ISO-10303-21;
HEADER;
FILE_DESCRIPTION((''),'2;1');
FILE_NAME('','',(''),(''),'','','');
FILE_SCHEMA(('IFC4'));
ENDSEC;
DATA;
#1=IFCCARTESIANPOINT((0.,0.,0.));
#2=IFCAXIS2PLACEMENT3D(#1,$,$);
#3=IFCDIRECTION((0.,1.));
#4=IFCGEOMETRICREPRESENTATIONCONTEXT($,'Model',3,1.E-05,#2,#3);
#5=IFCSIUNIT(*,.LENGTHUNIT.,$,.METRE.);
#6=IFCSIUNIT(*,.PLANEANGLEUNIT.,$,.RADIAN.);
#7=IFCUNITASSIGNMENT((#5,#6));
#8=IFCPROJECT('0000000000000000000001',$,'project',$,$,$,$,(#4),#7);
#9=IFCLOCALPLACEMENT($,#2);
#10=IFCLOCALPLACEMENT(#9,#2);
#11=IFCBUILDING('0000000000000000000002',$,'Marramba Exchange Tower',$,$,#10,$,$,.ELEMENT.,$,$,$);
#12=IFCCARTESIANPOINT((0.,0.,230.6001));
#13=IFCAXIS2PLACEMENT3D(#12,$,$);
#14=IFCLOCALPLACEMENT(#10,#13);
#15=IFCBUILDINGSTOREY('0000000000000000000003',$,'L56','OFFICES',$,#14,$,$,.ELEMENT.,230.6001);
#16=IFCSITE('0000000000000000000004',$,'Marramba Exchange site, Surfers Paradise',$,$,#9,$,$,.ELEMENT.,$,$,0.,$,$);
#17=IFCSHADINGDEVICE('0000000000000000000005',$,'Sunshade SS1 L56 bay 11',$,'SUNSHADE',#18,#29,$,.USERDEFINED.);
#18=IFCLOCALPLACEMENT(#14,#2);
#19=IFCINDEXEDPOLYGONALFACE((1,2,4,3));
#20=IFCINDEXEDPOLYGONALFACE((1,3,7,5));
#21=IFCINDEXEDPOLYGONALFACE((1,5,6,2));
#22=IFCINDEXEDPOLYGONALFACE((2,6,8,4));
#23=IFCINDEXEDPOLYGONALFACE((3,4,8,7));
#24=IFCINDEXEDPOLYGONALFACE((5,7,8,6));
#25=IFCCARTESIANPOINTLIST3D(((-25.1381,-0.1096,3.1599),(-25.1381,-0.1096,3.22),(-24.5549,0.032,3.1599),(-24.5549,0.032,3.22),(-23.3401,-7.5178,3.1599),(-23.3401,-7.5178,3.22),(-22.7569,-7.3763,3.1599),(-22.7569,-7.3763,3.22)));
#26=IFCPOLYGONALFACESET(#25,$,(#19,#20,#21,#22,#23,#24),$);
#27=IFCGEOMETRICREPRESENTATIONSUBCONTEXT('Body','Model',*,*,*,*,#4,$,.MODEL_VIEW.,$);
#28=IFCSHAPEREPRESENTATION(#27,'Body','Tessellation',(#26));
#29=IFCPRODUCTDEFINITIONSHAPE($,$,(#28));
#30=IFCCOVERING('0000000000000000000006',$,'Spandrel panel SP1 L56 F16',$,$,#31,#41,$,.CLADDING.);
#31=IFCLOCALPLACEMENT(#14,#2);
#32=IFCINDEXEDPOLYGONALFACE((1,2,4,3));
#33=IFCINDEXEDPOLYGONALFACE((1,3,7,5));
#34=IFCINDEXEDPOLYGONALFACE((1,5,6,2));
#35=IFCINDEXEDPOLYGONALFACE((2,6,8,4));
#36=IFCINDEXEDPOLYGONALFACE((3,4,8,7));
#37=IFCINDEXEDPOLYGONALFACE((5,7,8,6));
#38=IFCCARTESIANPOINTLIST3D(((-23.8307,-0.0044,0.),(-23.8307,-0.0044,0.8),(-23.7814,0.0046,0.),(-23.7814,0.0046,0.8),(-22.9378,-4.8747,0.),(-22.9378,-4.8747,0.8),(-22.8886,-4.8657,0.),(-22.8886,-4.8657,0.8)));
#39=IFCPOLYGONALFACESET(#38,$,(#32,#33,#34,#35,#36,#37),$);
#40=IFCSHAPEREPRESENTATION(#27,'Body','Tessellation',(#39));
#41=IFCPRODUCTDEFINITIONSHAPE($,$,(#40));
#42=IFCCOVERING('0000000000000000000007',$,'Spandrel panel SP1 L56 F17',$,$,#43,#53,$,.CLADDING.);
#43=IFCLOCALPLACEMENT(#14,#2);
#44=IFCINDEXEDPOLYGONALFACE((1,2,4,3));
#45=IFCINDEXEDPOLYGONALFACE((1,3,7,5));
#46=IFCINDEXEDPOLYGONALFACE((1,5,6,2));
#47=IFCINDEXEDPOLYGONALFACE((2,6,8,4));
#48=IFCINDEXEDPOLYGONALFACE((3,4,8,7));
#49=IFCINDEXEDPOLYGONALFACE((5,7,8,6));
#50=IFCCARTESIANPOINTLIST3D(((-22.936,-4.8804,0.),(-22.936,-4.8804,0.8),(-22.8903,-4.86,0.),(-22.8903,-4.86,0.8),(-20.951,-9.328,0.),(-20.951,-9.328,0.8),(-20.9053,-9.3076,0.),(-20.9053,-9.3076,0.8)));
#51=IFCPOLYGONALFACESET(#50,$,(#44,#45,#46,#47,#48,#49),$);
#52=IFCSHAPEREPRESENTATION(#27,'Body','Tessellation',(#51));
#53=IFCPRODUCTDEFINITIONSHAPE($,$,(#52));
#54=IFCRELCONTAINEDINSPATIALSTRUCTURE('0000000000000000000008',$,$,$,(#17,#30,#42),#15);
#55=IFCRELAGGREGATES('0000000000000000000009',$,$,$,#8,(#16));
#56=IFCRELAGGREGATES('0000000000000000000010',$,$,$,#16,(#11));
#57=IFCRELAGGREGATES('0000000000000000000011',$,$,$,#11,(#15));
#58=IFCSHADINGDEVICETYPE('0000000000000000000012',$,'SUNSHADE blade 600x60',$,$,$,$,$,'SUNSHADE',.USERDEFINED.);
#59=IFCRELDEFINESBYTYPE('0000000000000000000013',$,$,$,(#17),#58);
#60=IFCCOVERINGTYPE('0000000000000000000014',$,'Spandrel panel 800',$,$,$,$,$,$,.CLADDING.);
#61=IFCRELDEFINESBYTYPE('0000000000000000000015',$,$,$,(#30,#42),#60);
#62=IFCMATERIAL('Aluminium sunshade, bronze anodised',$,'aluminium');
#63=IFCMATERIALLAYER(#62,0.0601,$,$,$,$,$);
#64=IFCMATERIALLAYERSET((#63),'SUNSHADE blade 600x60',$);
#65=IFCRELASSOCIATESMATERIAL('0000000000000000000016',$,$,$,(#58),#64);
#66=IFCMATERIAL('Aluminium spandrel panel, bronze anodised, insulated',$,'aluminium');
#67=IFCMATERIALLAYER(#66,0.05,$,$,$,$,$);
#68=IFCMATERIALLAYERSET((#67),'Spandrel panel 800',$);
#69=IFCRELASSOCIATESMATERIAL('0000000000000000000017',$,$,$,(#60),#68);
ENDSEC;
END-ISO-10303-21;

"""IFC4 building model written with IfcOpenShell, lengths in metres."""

from ifc_helpers import new_model, si_unit, direction, frame, origin, origin_2d, place, context, subcontext, project, spatial, rectangle, extrude, material, layer, layer_set, type_object, element, save


model = new_model("IFC4")

# Units and contexts
model_context = context("Model", 3, precision=1e-05, world=origin(), true_north=direction((0.0, 1.0)))
body_context = subcontext(model_context, "Body", "Model", "MODEL_VIEW")
ifc_project = project(units=[si_unit("LENGTHUNIT", "METRE"), si_unit("PLANEANGLEUNIT", "RADIAN")], contexts=[model_context])

# Site, building, storey
site_placement = place(None, origin())
site = spatial("IfcSite", under=ifc_project, at=site_placement, Name="Marramba Exchange site, Surfers Paradise", CompositionType="ELEMENT", RefElevation=0.0)
building_placement = place(site_placement, origin())
building = spatial("IfcBuilding", under=site, at=building_placement, Name="Marramba Exchange Tower", CompositionType="ELEMENT")
storey_placement = place(building_placement, frame((0.0, 0.0, 230.6001)))
storey = spatial("IfcBuildingStorey", under=building, at=storey_placement, Name="L56", Description="OFFICES", CompositionType="ELEMENT", Elevation=230.6001)

# Shading device
ifc_material_1 = material(Name="Aluminium sunshade, bronze anodised", Category="aluminium")
ifc_layer_1 = layer(ifc_material_1, 0.0601)
ifc_layer_set_1 = layer_set([ifc_layer_1], Name="SUNSHADE blade 600x60")
shading_device_type_1 = type_object("IfcShadingDeviceType", Name="SUNSHADE blade 600x60", ElementType="SUNSHADE", PredefinedType="USERDEFINED", material=ifc_layer_set_1)
shading_device_placement = place(storey_placement, frame((-23.9475, -3.7429, 3.1599), z_axis=(0.0, 0.0, 1.0), x_axis=(0.235861, -0.971787, 0.0)))
element("IfcShadingDevice", 1, at=shading_device_placement, inside=storey, type_object=shading_device_type_1, Name="Sunshade SS1 L56 bay 11", ObjectType="SUNSHADE", PredefinedType="USERDEFINED", context=body_context, shape_type="SweptSolid", body=[
    extrude(rectangle(XDim=7.6233, YDim=0.6001, at=origin_2d()), origin(), (0.0, 0.0, 1.0), 0.0601),
])

# Coverings
ifc_material_2 = material(Name="Aluminium spandrel panel, bronze anodised, insulated", Category="aluminium")
ifc_layer_2 = layer(ifc_material_2, 0.05)
ifc_layer_set_2 = layer_set([ifc_layer_2], Name="Spandrel panel 800")
covering_type = type_object("IfcCoveringType", Name="Spandrel panel 800", PredefinedType="CLADDING", material=ifc_layer_set_2)
covering_1_placement = place(storey_placement, frame((-23.3596, -2.4351, 0.0), z_axis=(0.0, 0.0, 1.0), x_axis=(0.180327, -0.983607, 0.0)))
element("IfcCovering", 2, at=covering_1_placement, inside=storey, type_object=covering_type, Name="Spandrel panel SP1 L56 F16", PredefinedType="CLADDING", context=body_context, shape_type="SweptSolid", body=[
    extrude(rectangle(XDim=4.9514, YDim=0.05, at=origin_2d()), origin(), (0.0, 0.0, 1.0), 0.8),
])
covering_2_placement = place(storey_placement, frame((-21.9207, -7.094, 0.0), z_axis=(0.0, 0.0, 1.0), x_axis=(0.407558, -0.91318, 0.0)))
element("IfcCovering", 3, at=covering_2_placement, inside=storey, type_object=covering_type, Name="Spandrel panel SP1 L56 F17", PredefinedType="CLADDING", context=body_context, shape_type="SweptSolid", body=[
    extrude(rectangle(XDim=4.8704, YDim=0.05, at=origin_2d()), origin(), (0.0, 0.0, 1.0), 0.8),
])

save(model, "model.ifc")
